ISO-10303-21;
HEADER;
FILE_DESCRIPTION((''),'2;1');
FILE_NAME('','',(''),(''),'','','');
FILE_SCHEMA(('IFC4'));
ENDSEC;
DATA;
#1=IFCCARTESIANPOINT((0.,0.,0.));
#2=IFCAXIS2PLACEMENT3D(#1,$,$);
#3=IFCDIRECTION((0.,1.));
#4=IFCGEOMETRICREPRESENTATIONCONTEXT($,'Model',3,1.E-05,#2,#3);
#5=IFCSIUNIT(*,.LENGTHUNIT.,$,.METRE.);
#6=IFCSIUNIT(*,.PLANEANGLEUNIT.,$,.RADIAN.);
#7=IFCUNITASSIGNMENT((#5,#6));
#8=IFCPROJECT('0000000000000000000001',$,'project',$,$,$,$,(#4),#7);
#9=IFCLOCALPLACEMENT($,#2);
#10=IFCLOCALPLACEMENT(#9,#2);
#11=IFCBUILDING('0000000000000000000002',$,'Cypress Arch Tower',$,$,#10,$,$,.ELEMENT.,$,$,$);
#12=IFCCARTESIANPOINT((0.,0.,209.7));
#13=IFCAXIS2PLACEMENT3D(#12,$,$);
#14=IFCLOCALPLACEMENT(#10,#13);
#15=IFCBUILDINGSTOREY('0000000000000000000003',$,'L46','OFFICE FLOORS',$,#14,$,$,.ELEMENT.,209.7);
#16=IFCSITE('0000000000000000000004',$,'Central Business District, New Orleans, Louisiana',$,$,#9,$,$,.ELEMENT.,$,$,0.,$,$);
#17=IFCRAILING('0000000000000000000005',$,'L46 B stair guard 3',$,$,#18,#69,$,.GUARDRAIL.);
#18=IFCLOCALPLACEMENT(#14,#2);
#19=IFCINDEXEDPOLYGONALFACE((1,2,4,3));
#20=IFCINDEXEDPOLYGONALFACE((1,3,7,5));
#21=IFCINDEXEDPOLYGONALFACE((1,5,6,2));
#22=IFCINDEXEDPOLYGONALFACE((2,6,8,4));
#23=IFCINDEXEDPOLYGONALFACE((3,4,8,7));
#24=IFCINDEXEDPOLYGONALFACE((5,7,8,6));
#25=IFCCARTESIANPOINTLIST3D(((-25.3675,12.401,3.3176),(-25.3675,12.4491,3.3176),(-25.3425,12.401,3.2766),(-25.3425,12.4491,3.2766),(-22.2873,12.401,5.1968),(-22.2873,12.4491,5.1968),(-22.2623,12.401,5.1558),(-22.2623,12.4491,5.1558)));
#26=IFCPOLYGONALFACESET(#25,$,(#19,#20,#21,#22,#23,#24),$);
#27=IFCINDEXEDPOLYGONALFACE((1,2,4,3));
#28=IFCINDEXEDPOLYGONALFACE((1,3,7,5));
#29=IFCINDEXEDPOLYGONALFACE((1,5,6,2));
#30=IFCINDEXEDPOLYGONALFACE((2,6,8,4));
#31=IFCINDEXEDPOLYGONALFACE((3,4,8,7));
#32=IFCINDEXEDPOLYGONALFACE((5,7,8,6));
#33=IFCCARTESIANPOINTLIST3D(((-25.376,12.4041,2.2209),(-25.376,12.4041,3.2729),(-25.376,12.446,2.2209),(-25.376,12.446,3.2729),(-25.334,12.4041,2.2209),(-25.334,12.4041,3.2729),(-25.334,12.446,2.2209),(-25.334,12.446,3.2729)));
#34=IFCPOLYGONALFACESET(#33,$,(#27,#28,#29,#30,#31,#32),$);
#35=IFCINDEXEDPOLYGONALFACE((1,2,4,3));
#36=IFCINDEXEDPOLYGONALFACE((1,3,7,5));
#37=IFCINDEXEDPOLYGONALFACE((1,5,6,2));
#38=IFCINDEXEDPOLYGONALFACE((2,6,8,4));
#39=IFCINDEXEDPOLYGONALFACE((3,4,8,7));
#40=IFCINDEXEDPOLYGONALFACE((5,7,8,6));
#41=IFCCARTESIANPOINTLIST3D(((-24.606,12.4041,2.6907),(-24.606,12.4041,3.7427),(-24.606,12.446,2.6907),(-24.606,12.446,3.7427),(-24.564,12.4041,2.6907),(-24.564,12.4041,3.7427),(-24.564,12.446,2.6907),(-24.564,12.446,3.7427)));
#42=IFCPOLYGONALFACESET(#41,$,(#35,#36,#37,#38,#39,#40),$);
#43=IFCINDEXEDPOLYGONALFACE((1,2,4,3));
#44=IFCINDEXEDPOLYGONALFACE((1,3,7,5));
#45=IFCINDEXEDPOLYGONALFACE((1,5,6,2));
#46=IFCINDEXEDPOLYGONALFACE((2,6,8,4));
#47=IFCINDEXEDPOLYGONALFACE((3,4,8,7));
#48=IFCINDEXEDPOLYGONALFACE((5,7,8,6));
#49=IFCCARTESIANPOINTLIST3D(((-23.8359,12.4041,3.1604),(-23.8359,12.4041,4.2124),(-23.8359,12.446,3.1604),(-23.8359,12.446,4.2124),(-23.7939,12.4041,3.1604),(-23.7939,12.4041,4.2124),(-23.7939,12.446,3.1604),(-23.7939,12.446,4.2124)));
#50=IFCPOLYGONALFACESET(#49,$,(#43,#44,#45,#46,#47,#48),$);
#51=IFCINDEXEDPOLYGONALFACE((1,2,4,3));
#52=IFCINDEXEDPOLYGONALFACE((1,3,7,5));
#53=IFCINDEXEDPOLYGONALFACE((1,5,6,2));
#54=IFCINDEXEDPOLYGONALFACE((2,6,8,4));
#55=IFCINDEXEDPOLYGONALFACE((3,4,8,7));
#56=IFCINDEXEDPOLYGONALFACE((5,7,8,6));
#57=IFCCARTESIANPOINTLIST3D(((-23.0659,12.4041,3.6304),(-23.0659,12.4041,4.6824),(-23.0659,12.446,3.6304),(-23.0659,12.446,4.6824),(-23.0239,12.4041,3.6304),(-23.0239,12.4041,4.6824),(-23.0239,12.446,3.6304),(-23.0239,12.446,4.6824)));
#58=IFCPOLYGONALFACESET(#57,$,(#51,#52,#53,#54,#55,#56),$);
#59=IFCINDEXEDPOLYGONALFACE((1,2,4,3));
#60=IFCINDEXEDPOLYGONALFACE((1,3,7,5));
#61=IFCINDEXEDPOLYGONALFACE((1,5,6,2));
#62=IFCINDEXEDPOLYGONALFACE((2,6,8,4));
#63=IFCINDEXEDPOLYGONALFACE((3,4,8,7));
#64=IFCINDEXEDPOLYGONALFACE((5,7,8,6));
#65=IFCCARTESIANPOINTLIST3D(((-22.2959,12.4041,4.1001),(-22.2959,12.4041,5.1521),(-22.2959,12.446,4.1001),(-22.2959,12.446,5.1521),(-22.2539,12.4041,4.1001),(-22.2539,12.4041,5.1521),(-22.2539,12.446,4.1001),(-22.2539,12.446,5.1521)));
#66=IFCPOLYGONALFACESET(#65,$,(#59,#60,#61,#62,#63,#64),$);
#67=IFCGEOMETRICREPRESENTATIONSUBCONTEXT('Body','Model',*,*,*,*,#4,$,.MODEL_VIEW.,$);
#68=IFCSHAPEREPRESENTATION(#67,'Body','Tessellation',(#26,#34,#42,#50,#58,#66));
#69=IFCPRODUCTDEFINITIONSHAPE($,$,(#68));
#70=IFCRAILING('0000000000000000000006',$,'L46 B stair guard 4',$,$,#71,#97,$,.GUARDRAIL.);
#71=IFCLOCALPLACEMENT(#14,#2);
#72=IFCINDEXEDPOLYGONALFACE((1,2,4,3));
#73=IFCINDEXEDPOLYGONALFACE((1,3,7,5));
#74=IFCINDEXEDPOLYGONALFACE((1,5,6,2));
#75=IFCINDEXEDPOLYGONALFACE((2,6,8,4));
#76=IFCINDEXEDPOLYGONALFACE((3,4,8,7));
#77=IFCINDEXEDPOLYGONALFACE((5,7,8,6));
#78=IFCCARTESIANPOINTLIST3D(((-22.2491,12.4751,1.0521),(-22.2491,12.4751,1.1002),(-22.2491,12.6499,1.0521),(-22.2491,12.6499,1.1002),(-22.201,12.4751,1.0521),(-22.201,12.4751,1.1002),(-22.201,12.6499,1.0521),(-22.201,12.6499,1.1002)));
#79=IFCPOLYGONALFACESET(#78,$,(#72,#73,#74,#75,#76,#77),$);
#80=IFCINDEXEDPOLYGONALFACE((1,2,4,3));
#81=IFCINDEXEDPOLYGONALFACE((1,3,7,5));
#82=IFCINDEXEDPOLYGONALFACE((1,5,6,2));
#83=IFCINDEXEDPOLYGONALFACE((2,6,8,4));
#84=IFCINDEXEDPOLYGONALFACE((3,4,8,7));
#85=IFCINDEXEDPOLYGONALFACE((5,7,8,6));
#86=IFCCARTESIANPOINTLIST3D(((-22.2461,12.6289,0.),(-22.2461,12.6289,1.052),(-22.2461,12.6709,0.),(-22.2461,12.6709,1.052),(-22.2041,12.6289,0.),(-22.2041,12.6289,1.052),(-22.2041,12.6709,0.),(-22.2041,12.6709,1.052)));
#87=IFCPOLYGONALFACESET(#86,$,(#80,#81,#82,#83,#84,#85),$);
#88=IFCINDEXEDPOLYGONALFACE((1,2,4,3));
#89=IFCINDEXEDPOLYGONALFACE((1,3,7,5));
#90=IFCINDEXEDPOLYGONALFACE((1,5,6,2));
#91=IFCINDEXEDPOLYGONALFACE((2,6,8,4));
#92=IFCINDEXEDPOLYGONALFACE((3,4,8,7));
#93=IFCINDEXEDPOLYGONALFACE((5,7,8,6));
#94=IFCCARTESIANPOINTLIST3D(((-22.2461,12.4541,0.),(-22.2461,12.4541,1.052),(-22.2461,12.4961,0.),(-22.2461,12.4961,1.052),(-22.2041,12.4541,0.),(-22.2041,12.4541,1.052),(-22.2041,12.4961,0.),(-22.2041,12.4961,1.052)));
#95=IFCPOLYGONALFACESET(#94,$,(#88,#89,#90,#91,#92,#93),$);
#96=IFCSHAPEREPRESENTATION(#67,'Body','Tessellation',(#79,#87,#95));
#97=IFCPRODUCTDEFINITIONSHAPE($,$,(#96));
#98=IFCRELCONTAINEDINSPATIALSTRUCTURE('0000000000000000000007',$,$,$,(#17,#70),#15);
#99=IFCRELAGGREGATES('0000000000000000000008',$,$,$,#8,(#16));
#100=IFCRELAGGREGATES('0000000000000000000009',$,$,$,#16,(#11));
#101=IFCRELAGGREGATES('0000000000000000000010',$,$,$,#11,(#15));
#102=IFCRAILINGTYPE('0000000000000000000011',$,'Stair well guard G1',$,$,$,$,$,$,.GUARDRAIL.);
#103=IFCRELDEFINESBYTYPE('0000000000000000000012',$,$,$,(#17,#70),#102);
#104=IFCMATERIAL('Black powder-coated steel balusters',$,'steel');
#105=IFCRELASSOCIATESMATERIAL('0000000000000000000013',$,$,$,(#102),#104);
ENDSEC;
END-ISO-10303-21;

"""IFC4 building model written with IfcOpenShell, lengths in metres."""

from ifc_helpers import new_model, si_unit, direction, frame, origin, origin_2d, place, context, subcontext, project, spatial, rectangle, extrude, material, type_object, element, save


model = new_model("IFC4")

# Units and contexts
model_context = context("Model", 3, precision=1e-05, world=origin(), true_north=direction((0.0, 1.0)))
body_context = subcontext(model_context, "Body", "Model", "MODEL_VIEW")
ifc_project = project(units=[si_unit("LENGTHUNIT", "METRE"), si_unit("PLANEANGLEUNIT", "RADIAN")], contexts=[model_context])

# Site, building, storey
site_placement = place(None, origin())
site = spatial("IfcSite", under=ifc_project, at=site_placement, Name="Central Business District, New Orleans, Louisiana", CompositionType="ELEMENT", RefElevation=0.0)
building_placement = place(site_placement, origin())
building = spatial("IfcBuilding", under=site, at=building_placement, Name="Cypress Arch Tower", CompositionType="ELEMENT")
storey_placement = place(building_placement, frame((0.0, 0.0, 209.7)))
storey = spatial("IfcBuildingStorey", under=building, at=storey_placement, Name="L46", Description="OFFICE FLOORS", CompositionType="ELEMENT", Elevation=209.7)

# Railings
ifc_material_1 = material(Name="Black powder-coated steel balusters", Category="steel")
railing_type_1 = type_object("IfcRailingType", Name="Stair well guard G1", PredefinedType="GUARDRAIL", material=ifc_material_1)
railing_1_placement = place(storey_placement, frame((-25.355, 12.425, 2.2209)))
element("IfcRailing", 1, at=railing_1_placement, inside=storey, type_object=railing_type_1, Name="L46 B stair guard 3", PredefinedType="GUARDRAIL", context=body_context, shape_type="SweptSolid", body=[
    extrude(rectangle(XDim=0.0481, YDim=0.0481, at=origin_2d()), frame((0.0, 0.0, 1.0762), z_axis=(0.853666, 0.0, 0.52082), x_axis=(0.0, 1.0, 0.0)), (0.0, 0.0, 1.0), 3.6082),
    extrude(rectangle(XDim=0.042, YDim=0.042, at=origin_2d()), origin(), (0.0, 0.0, 1.0), 1.052),
    extrude(rectangle(XDim=0.042, YDim=0.042, at=origin_2d()), frame((0.77, 0.0, 0.4697)), (0.0, 0.0, 1.0), 1.052),
    extrude(rectangle(XDim=0.042, YDim=0.042, at=origin_2d()), frame((1.54, 0.0, 0.9395)), (0.0, 0.0, 1.0), 1.052),
    extrude(rectangle(XDim=0.042, YDim=0.042, at=origin_2d()), frame((2.3101, 0.0, 1.4094)), (0.0, 0.0, 1.0), 1.052),
    extrude(rectangle(XDim=0.042, YDim=0.042, at=origin_2d()), frame((3.0801, 0.0, 1.8792)), (0.0, 0.0, 1.0), 1.052),
])
railing_2_placement = place(storey_placement, frame((-22.2251, 12.6499, 0.0)))
element("IfcRailing", 2, at=railing_2_placement, inside=storey, type_object=railing_type_1, Name="L46 B stair guard 4", PredefinedType="GUARDRAIL", context=body_context, shape_type="SweptSolid", body=[
    extrude(rectangle(XDim=0.0481, YDim=0.0481, at=origin_2d()), frame((0.0, 0.0, 1.0762), z_axis=(0.0, -1.0, 0.0), x_axis=(1.0, 0.0, 0.0)), (0.0, 0.0, 1.0), 0.1748),
    extrude(rectangle(XDim=0.042, YDim=0.042, at=origin_2d()), origin(), (0.0, 0.0, 1.0), 1.052),
    extrude(rectangle(XDim=0.042, YDim=0.042, at=origin_2d()), frame((0.0, -0.1748, 0.0)), (0.0, 0.0, 1.0), 1.052),
])

save(model, "model.ifc")
